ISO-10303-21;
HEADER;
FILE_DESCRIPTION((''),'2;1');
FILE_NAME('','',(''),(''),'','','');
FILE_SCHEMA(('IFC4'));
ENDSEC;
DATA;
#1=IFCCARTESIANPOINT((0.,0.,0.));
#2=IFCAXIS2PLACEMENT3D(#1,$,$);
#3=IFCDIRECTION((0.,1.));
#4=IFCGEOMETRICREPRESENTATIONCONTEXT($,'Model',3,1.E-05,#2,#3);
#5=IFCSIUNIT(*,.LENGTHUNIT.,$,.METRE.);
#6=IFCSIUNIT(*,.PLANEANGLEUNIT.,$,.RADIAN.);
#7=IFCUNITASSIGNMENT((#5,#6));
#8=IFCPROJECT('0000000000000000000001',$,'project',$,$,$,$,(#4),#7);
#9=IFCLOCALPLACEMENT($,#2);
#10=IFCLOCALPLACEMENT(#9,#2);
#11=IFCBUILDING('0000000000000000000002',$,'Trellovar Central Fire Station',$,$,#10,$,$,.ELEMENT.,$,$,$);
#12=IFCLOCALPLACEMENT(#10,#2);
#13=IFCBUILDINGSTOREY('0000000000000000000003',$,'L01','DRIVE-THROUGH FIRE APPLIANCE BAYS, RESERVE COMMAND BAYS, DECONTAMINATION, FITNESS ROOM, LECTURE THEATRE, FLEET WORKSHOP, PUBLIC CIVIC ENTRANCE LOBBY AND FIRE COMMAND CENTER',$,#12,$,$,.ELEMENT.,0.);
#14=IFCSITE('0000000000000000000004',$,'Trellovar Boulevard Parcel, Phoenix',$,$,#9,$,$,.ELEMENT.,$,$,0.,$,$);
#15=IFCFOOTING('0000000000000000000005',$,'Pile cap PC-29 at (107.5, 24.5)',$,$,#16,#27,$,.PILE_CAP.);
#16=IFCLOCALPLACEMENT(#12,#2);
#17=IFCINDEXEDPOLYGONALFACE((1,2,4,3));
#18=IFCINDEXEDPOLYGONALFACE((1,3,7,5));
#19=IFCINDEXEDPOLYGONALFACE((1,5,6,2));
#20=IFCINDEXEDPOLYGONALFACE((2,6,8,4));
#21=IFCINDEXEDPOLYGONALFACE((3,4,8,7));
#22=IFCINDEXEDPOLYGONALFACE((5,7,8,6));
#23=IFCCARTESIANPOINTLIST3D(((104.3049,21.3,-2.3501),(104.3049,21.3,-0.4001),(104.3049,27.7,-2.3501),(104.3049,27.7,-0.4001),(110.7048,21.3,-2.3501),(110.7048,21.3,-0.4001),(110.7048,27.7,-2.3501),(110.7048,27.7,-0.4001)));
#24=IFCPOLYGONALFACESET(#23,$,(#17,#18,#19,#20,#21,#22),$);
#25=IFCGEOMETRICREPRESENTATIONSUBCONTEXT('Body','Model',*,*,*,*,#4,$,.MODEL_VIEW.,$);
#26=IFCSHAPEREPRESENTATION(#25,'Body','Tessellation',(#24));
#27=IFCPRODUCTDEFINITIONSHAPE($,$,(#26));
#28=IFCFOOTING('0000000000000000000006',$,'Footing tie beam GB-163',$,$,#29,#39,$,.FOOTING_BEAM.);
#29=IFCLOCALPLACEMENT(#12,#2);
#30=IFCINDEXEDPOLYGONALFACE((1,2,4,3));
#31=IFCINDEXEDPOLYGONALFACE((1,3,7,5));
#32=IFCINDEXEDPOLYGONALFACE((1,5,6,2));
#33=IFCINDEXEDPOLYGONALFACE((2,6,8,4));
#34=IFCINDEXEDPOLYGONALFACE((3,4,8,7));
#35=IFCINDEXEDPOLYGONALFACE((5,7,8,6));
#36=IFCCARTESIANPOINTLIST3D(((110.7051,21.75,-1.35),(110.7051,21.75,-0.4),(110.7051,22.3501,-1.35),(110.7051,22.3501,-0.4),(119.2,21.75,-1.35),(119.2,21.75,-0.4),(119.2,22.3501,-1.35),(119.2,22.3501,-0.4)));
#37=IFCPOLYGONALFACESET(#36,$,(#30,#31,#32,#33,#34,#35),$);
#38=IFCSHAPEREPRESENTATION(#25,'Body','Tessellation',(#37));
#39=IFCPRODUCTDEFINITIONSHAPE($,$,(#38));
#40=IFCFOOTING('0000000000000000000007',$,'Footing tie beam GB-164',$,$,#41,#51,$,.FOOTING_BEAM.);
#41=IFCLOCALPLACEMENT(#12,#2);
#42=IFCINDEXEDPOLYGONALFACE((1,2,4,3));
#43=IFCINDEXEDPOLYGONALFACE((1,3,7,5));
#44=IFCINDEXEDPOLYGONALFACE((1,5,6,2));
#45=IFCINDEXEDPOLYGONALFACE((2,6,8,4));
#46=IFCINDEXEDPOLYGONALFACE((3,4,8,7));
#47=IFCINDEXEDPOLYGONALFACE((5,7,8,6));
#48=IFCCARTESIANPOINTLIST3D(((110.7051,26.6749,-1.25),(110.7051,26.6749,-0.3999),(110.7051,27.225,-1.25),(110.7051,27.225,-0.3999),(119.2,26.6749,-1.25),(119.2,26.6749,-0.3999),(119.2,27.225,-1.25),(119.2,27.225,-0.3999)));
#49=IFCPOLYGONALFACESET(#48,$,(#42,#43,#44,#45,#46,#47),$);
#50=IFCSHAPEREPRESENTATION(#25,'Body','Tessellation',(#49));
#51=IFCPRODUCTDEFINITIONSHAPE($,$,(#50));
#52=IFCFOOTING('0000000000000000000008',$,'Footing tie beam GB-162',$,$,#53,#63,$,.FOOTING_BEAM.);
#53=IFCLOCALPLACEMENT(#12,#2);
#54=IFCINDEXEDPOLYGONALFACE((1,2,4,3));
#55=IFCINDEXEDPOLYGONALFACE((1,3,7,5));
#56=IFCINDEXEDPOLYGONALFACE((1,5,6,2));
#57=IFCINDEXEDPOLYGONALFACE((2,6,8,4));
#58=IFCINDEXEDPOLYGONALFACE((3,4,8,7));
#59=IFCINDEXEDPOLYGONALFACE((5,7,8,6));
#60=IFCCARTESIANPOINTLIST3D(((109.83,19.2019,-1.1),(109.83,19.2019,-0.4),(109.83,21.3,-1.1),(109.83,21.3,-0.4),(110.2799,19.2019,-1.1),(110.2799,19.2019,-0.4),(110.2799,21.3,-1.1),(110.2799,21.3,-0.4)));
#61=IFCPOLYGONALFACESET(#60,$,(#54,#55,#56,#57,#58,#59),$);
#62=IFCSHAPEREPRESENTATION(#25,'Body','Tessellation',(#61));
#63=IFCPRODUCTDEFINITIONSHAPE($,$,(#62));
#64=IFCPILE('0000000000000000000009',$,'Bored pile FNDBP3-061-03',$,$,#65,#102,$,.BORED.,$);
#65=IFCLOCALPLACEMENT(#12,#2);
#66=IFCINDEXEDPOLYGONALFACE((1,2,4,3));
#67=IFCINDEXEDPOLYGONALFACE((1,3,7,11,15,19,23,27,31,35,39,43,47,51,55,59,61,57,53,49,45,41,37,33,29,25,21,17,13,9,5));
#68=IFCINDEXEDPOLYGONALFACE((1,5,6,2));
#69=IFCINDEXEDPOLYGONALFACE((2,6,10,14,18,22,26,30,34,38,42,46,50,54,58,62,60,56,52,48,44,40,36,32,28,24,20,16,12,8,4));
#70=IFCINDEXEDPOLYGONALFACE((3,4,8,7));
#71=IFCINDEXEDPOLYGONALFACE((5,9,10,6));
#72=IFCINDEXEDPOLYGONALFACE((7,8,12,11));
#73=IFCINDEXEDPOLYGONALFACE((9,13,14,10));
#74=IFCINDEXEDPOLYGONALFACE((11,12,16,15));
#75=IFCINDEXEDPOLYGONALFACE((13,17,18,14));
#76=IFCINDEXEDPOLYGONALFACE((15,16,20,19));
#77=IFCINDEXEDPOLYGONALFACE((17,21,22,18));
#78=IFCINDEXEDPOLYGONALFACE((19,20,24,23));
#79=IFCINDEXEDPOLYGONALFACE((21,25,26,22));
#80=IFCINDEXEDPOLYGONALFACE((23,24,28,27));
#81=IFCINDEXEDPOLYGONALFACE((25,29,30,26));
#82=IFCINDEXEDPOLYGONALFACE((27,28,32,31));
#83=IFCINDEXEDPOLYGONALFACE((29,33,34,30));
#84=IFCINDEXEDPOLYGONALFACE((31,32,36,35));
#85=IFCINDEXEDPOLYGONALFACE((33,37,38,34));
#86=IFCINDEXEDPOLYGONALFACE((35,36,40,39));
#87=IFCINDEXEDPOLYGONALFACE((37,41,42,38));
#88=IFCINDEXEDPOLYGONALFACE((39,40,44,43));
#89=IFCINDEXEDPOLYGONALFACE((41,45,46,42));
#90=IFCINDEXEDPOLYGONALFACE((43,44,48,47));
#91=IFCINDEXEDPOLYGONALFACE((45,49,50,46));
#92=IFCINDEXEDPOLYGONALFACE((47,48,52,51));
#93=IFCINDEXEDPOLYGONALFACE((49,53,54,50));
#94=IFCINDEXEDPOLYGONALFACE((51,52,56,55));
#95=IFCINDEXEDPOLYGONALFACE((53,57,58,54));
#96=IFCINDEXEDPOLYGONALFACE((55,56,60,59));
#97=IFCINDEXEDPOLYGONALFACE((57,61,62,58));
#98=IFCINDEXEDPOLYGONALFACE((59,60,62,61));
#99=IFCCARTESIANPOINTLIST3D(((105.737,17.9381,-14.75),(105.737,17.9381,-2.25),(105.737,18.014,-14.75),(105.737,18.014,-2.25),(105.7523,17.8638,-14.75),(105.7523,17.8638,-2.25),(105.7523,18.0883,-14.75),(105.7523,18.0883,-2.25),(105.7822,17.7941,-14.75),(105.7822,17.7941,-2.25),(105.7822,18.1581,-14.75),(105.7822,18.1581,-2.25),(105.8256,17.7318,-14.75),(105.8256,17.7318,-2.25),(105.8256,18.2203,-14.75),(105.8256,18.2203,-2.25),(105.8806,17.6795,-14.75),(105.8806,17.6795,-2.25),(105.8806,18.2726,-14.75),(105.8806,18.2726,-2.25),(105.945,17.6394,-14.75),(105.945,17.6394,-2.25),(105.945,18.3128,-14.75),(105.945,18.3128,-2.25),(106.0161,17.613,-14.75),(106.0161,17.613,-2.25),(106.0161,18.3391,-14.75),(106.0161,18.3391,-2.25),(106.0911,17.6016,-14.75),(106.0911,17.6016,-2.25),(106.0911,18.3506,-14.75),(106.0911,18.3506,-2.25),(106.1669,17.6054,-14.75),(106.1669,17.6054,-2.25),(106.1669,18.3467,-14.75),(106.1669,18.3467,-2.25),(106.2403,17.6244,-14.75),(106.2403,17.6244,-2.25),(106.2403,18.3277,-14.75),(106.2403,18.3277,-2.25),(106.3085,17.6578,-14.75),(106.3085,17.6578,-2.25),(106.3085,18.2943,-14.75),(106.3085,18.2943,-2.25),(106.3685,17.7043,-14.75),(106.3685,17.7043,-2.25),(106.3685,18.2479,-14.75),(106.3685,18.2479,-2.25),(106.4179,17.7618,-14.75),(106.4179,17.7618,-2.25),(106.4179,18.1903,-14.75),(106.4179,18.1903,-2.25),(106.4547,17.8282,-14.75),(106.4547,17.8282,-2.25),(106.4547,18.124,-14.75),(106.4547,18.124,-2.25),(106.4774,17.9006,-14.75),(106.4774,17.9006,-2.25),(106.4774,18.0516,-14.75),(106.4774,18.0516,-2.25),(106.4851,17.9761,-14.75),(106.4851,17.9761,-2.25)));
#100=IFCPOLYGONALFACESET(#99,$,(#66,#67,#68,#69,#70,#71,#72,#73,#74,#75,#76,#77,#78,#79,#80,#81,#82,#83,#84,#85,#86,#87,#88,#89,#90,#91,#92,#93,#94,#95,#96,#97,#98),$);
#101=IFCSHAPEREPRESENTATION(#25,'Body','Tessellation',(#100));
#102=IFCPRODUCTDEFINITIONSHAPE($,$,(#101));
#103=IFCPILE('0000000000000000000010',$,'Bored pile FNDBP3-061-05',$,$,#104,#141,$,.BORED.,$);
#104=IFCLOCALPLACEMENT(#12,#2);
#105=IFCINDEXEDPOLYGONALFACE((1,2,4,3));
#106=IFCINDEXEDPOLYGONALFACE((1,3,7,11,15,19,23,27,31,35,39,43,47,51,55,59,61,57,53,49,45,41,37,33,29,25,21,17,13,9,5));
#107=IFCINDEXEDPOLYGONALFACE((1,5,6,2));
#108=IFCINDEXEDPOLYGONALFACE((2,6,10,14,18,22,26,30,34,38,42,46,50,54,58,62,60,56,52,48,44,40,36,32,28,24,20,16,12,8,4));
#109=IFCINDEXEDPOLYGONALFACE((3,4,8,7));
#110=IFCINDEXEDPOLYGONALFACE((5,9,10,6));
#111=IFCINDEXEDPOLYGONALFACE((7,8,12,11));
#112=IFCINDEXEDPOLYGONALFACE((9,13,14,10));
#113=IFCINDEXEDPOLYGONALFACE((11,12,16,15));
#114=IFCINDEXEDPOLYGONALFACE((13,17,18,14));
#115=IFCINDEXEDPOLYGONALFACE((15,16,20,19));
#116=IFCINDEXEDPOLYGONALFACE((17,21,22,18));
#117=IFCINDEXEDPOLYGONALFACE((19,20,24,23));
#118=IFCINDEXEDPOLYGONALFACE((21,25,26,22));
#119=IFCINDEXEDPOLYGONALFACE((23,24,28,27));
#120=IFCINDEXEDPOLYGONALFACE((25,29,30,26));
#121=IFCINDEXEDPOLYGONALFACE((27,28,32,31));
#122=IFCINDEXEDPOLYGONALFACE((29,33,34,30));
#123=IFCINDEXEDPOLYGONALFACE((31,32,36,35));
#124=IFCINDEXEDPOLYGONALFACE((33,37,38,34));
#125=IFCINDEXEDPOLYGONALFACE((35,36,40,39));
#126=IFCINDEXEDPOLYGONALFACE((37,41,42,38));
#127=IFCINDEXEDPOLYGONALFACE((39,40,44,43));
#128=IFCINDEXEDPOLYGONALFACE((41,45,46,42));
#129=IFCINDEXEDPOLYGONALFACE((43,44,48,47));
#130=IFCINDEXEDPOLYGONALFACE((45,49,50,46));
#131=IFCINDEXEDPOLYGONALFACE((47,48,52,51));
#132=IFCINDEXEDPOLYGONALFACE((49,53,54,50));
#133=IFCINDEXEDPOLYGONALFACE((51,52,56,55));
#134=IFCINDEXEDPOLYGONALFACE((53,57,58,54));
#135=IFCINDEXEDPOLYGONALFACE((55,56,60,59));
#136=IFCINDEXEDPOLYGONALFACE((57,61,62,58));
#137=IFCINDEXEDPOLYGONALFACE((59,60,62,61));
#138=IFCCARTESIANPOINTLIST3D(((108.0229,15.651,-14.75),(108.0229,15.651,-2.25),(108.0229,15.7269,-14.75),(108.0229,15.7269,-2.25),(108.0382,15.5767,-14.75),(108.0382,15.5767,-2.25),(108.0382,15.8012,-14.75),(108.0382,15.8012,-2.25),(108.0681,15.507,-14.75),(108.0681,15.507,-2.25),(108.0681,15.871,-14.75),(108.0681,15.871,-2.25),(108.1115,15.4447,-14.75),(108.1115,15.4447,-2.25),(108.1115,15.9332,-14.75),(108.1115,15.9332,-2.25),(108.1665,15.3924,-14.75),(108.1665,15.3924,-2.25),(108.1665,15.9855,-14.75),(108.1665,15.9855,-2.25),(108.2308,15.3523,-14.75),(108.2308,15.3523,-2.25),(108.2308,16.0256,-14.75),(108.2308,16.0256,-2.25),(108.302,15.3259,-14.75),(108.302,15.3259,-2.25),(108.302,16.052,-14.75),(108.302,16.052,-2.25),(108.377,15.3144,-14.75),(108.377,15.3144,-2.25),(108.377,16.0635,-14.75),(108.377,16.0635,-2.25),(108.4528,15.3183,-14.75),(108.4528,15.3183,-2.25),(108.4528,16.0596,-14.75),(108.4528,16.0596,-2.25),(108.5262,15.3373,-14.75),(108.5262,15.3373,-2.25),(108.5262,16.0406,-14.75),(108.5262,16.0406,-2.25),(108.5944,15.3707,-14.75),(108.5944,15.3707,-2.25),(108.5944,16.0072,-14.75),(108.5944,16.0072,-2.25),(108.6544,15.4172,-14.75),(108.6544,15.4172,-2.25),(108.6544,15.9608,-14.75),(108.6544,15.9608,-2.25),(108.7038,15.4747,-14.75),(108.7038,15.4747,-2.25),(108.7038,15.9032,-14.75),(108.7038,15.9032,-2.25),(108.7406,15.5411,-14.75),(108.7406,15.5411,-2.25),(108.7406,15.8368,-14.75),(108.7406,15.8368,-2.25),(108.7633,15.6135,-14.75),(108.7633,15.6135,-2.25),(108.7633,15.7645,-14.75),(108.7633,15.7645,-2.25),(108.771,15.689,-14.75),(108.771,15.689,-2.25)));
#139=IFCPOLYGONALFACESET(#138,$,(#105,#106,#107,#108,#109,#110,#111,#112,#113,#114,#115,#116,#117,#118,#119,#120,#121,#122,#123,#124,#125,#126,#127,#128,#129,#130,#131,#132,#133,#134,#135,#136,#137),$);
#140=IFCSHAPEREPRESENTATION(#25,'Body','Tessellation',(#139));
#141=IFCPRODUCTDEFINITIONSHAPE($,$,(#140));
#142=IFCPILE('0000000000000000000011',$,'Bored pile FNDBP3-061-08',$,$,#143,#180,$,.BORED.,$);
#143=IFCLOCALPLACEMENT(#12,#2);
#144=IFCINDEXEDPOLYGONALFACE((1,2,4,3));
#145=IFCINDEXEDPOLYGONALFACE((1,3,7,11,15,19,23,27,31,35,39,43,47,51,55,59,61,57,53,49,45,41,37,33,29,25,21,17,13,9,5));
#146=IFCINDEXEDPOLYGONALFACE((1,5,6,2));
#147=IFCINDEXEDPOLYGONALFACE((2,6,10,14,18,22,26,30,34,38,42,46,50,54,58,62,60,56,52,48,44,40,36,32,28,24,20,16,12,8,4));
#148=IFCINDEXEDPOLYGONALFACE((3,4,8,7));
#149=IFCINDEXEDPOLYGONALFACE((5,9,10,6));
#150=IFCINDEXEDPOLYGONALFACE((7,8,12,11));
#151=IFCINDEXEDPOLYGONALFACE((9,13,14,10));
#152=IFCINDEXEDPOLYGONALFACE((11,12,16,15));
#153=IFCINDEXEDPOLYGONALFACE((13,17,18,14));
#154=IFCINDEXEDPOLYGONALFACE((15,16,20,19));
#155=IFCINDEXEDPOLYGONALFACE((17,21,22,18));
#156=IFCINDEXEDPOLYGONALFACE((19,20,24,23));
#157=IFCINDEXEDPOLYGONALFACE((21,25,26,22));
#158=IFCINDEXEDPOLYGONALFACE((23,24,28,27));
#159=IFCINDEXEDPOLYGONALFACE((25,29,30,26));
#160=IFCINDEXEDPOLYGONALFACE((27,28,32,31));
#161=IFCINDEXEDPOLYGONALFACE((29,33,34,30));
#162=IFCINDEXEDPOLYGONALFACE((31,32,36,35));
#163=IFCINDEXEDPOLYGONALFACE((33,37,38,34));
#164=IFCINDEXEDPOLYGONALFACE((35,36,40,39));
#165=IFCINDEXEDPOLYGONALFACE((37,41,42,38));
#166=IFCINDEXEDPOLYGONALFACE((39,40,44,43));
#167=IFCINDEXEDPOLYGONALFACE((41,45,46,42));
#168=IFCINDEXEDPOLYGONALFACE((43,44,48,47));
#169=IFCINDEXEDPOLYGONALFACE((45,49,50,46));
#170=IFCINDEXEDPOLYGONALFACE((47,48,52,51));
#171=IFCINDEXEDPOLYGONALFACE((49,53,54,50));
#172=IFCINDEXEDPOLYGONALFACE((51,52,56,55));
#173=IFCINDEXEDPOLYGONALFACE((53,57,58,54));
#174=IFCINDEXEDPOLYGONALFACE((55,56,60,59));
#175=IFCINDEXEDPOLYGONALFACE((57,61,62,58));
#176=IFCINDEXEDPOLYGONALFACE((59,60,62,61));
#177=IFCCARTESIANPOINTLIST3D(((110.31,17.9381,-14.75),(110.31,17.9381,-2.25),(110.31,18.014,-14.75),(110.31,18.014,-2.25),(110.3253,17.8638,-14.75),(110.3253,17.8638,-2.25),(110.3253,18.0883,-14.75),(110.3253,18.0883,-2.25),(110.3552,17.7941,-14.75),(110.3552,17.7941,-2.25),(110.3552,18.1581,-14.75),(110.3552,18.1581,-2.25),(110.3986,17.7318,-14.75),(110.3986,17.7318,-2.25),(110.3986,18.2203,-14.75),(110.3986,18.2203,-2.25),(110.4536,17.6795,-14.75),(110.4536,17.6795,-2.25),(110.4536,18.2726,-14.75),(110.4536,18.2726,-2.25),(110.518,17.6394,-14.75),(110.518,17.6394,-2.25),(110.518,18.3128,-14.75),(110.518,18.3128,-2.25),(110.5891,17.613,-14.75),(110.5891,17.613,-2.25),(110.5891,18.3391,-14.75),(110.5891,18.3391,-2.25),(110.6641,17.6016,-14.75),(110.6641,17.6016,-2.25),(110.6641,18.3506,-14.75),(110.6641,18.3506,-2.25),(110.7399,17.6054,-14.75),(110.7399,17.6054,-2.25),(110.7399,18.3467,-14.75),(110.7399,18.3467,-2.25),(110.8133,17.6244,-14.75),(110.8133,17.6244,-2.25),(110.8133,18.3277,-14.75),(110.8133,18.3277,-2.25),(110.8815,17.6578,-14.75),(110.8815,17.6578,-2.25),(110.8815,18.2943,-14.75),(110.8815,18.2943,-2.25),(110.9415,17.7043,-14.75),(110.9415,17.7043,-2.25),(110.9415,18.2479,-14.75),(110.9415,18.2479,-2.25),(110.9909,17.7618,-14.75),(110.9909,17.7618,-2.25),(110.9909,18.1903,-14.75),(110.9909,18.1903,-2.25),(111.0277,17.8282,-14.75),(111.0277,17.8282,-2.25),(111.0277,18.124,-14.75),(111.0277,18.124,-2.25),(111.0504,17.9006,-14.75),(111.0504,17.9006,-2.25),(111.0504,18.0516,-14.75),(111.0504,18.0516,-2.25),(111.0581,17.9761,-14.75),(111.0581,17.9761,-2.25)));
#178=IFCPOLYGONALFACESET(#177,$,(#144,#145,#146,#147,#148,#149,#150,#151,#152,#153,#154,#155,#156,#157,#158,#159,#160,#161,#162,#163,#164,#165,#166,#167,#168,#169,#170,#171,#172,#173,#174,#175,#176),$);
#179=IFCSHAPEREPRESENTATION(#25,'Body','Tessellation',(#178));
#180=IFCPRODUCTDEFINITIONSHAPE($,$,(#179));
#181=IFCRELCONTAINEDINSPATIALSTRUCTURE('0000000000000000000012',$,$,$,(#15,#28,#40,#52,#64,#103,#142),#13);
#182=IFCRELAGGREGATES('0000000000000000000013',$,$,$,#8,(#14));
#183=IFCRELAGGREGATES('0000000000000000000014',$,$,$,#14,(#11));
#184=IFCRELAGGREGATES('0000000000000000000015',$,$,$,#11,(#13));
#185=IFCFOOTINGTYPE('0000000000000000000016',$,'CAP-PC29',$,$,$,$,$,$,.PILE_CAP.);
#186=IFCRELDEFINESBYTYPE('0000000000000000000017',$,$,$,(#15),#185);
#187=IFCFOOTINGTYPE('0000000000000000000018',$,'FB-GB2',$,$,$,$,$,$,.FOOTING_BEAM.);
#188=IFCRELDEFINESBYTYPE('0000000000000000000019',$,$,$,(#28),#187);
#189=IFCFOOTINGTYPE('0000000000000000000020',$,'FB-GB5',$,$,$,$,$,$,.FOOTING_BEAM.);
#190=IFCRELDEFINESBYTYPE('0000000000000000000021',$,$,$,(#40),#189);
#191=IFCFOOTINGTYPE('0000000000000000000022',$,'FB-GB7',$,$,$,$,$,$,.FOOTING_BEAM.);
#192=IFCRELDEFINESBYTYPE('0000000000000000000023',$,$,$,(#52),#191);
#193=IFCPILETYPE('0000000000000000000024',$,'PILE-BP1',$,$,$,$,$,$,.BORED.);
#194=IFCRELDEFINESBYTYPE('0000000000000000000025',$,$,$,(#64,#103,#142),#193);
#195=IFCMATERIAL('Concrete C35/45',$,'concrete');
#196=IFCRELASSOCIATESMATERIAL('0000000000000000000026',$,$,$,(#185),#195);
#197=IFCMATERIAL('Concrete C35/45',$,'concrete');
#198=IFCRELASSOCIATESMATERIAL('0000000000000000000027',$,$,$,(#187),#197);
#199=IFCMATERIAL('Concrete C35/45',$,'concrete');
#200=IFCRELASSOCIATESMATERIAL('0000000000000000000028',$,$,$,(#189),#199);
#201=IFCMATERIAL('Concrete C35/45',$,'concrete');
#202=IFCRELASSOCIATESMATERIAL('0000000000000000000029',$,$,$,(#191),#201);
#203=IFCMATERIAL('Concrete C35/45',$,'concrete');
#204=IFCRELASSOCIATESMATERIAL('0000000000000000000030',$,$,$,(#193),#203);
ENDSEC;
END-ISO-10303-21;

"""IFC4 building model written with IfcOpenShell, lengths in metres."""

from ifc_helpers import new_model, si_unit, direction, frame, origin, origin_2d, place, context, subcontext, project, spatial, rectangle, circle, extrude, material, material_profile, profile_set, type_object, element, save


model = new_model("IFC4")

# Units and contexts
model_context = context("Model", 3, precision=1e-05, world=origin(), true_north=direction((0.0, 1.0)))
body_context = subcontext(model_context, "Body", "Model", "MODEL_VIEW")
ifc_project = project(units=[si_unit("LENGTHUNIT", "METRE"), si_unit("PLANEANGLEUNIT", "RADIAN")], contexts=[model_context])

# Site, building, storey
site_placement = place(None, origin())
site = spatial("IfcSite", under=ifc_project, at=site_placement, Name="Trellovar Boulevard Parcel, Phoenix", CompositionType="ELEMENT", RefElevation=0.0)
building_placement = place(site_placement, origin())
building = spatial("IfcBuilding", under=site, at=building_placement, Name="Trellovar Central Fire Station", CompositionType="ELEMENT")
storey_placement = place(building_placement, origin())
storey = spatial("IfcBuildingStorey", under=building, at=storey_placement, Name="L01", Description="DRIVE-THROUGH FIRE APPLIANCE BAYS, RESERVE COMMAND BAYS, DECONTAMINATION, FITNESS ROOM, LECTURE THEATRE, FLEET WORKSHOP, PUBLIC CIVIC ENTRANCE LOBBY AND FIRE COMMAND CENTER", CompositionType="ELEMENT", Elevation=0.0)

# Footings
ifc_material_1 = material(Name="Concrete C35/45", Category="concrete")
footing_type_1 = type_object("IfcFootingType", Name="CAP-PC29", PredefinedType="PILE_CAP", material=ifc_material_1)
footing_1_placement = place(storey_placement, frame((107.5049, 24.5, -2.3501), z_axis=(0.0, 0.0, 1.0), x_axis=(1.0, 0.0, 0.0)))
element("IfcFooting", 1, at=footing_1_placement, inside=storey, type_object=footing_type_1, Name="Pile cap PC-29 at (107.5, 24.5)", PredefinedType="PILE_CAP", context=body_context, shape_type="SweptSolid", body=[
    extrude(rectangle(XDim=6.3999, YDim=6.3999, at=origin_2d()), origin(), (0.0, 0.0, 1.0), 1.95),
])
ifc_material_2 = material(Name="Concrete C35/45", Category="concrete")
ifc_material_profile_1 = material_profile(ifc_material_2, rectangle(XDim=0.6001, YDim=0.95, at=origin_2d()), Name="RC600X950")
ifc_profile_set_1 = profile_set([ifc_material_profile_1], Name="Concrete C35/45")
footing_type_2 = type_object("IfcFootingType", Name="FB-GB2", PredefinedType="FOOTING_BEAM", material=ifc_profile_set_1)
footing_2_placement = place(storey_placement, frame((110.7051, 22.05, -0.875), z_axis=(1.0, 0.0, 0.0), x_axis=(0.0, 1.0, 0.0)))
element("IfcFooting", 2, at=footing_2_placement, inside=storey, type_object=footing_type_2, Name="Footing tie beam GB-163", PredefinedType="FOOTING_BEAM", context=body_context, shape_type="SweptSolid", body=[
    extrude(rectangle(XDim=0.6001, YDim=0.95, at=origin_2d()), origin(), (0.0, 0.0, 1.0), 8.4949),
])
ifc_material_3 = material(Name="Concrete C35/45", Category="concrete")
ifc_material_profile_2 = material_profile(ifc_material_3, rectangle(XDim=0.55, YDim=0.8501, at=origin_2d()), Name="RC550X850")
ifc_profile_set_2 = profile_set([ifc_material_profile_2], Name="Concrete C35/45")
footing_type_3 = type_object("IfcFootingType", Name="FB-GB5", PredefinedType="FOOTING_BEAM", material=ifc_profile_set_2)
footing_3_placement = place(storey_placement, frame((110.7051, 26.95, -0.825), z_axis=(1.0, 0.0, 0.0), x_axis=(0.0, 1.0, 0.0)))
element("IfcFooting", 3, at=footing_3_placement, inside=storey, type_object=footing_type_3, Name="Footing tie beam GB-164", PredefinedType="FOOTING_BEAM", context=body_context, shape_type="SweptSolid", body=[
    extrude(rectangle(XDim=0.55, YDim=0.8501, at=origin_2d()), origin(), (0.0, 0.0, 1.0), 8.4949),
])
ifc_material_4 = material(Name="Concrete C35/45", Category="concrete")
ifc_material_profile_3 = material_profile(ifc_material_4, rectangle(XDim=0.45, YDim=0.7, at=origin_2d()), Name="RC450X700")
ifc_profile_set_3 = profile_set([ifc_material_profile_3], Name="Concrete C35/45")
footing_type_4 = type_object("IfcFootingType", Name="FB-GB7", PredefinedType="FOOTING_BEAM", material=ifc_profile_set_3)
footing_4_placement = place(storey_placement, frame((110.0549, 19.2019, -0.75), z_axis=(0.0, 1.0, 0.0), x_axis=(-1.0, 0.0, 0.0)))
element("IfcFooting", 4, at=footing_4_placement, inside=storey, type_object=footing_type_4, Name="Footing tie beam GB-162", PredefinedType="FOOTING_BEAM", context=body_context, shape_type="SweptSolid", body=[
    extrude(rectangle(XDim=0.45, YDim=0.7, at=origin_2d()), origin(), (0.0, 0.0, 1.0), 2.0981),
])

# Piles
ifc_material_5 = material(Name="Concrete C35/45", Category="concrete")
ifc_material_profile_4 = material_profile(ifc_material_5, circle(Radius=0.375, at=origin_2d()), Name="PILE750")
ifc_profile_set_4 = profile_set([ifc_material_profile_4], Name="Concrete C35/45")
pile_type_1 = type_object("IfcPileType", Name="PILE-BP1", PredefinedType="BORED", material=ifc_profile_set_4)
for number, where, z_axis, x_axis, name in (
    (5, (106.1101, 17.9761, -2.25), (0.0, 0.0, -1.0), (1.0, 0.0, 0.0), "Bored pile FNDBP3-061-03"),
    (6, (108.396, 15.689, -2.25), (0.0, 0.0, -1.0), (1.0, 0.0, 0.0), "Bored pile FNDBP3-061-05"),
    (7, (110.6831, 17.9761, -2.25), (0.0, 0.0, -1.0), (1.0, 0.0, 0.0), "Bored pile FNDBP3-061-08"),
):
    element("IfcPile", number, at=place(storey_placement, frame(where, z_axis=z_axis, x_axis=x_axis)), inside=storey, type_object=pile_type_1, Name=name, PredefinedType="BORED", context=body_context, shape_type="SweptSolid", body=[
        extrude(circle(Radius=0.375, at=origin_2d()), origin(), (0.0, 0.0, 1.0), 12.5),
    ])

save(model, "model.ifc")
